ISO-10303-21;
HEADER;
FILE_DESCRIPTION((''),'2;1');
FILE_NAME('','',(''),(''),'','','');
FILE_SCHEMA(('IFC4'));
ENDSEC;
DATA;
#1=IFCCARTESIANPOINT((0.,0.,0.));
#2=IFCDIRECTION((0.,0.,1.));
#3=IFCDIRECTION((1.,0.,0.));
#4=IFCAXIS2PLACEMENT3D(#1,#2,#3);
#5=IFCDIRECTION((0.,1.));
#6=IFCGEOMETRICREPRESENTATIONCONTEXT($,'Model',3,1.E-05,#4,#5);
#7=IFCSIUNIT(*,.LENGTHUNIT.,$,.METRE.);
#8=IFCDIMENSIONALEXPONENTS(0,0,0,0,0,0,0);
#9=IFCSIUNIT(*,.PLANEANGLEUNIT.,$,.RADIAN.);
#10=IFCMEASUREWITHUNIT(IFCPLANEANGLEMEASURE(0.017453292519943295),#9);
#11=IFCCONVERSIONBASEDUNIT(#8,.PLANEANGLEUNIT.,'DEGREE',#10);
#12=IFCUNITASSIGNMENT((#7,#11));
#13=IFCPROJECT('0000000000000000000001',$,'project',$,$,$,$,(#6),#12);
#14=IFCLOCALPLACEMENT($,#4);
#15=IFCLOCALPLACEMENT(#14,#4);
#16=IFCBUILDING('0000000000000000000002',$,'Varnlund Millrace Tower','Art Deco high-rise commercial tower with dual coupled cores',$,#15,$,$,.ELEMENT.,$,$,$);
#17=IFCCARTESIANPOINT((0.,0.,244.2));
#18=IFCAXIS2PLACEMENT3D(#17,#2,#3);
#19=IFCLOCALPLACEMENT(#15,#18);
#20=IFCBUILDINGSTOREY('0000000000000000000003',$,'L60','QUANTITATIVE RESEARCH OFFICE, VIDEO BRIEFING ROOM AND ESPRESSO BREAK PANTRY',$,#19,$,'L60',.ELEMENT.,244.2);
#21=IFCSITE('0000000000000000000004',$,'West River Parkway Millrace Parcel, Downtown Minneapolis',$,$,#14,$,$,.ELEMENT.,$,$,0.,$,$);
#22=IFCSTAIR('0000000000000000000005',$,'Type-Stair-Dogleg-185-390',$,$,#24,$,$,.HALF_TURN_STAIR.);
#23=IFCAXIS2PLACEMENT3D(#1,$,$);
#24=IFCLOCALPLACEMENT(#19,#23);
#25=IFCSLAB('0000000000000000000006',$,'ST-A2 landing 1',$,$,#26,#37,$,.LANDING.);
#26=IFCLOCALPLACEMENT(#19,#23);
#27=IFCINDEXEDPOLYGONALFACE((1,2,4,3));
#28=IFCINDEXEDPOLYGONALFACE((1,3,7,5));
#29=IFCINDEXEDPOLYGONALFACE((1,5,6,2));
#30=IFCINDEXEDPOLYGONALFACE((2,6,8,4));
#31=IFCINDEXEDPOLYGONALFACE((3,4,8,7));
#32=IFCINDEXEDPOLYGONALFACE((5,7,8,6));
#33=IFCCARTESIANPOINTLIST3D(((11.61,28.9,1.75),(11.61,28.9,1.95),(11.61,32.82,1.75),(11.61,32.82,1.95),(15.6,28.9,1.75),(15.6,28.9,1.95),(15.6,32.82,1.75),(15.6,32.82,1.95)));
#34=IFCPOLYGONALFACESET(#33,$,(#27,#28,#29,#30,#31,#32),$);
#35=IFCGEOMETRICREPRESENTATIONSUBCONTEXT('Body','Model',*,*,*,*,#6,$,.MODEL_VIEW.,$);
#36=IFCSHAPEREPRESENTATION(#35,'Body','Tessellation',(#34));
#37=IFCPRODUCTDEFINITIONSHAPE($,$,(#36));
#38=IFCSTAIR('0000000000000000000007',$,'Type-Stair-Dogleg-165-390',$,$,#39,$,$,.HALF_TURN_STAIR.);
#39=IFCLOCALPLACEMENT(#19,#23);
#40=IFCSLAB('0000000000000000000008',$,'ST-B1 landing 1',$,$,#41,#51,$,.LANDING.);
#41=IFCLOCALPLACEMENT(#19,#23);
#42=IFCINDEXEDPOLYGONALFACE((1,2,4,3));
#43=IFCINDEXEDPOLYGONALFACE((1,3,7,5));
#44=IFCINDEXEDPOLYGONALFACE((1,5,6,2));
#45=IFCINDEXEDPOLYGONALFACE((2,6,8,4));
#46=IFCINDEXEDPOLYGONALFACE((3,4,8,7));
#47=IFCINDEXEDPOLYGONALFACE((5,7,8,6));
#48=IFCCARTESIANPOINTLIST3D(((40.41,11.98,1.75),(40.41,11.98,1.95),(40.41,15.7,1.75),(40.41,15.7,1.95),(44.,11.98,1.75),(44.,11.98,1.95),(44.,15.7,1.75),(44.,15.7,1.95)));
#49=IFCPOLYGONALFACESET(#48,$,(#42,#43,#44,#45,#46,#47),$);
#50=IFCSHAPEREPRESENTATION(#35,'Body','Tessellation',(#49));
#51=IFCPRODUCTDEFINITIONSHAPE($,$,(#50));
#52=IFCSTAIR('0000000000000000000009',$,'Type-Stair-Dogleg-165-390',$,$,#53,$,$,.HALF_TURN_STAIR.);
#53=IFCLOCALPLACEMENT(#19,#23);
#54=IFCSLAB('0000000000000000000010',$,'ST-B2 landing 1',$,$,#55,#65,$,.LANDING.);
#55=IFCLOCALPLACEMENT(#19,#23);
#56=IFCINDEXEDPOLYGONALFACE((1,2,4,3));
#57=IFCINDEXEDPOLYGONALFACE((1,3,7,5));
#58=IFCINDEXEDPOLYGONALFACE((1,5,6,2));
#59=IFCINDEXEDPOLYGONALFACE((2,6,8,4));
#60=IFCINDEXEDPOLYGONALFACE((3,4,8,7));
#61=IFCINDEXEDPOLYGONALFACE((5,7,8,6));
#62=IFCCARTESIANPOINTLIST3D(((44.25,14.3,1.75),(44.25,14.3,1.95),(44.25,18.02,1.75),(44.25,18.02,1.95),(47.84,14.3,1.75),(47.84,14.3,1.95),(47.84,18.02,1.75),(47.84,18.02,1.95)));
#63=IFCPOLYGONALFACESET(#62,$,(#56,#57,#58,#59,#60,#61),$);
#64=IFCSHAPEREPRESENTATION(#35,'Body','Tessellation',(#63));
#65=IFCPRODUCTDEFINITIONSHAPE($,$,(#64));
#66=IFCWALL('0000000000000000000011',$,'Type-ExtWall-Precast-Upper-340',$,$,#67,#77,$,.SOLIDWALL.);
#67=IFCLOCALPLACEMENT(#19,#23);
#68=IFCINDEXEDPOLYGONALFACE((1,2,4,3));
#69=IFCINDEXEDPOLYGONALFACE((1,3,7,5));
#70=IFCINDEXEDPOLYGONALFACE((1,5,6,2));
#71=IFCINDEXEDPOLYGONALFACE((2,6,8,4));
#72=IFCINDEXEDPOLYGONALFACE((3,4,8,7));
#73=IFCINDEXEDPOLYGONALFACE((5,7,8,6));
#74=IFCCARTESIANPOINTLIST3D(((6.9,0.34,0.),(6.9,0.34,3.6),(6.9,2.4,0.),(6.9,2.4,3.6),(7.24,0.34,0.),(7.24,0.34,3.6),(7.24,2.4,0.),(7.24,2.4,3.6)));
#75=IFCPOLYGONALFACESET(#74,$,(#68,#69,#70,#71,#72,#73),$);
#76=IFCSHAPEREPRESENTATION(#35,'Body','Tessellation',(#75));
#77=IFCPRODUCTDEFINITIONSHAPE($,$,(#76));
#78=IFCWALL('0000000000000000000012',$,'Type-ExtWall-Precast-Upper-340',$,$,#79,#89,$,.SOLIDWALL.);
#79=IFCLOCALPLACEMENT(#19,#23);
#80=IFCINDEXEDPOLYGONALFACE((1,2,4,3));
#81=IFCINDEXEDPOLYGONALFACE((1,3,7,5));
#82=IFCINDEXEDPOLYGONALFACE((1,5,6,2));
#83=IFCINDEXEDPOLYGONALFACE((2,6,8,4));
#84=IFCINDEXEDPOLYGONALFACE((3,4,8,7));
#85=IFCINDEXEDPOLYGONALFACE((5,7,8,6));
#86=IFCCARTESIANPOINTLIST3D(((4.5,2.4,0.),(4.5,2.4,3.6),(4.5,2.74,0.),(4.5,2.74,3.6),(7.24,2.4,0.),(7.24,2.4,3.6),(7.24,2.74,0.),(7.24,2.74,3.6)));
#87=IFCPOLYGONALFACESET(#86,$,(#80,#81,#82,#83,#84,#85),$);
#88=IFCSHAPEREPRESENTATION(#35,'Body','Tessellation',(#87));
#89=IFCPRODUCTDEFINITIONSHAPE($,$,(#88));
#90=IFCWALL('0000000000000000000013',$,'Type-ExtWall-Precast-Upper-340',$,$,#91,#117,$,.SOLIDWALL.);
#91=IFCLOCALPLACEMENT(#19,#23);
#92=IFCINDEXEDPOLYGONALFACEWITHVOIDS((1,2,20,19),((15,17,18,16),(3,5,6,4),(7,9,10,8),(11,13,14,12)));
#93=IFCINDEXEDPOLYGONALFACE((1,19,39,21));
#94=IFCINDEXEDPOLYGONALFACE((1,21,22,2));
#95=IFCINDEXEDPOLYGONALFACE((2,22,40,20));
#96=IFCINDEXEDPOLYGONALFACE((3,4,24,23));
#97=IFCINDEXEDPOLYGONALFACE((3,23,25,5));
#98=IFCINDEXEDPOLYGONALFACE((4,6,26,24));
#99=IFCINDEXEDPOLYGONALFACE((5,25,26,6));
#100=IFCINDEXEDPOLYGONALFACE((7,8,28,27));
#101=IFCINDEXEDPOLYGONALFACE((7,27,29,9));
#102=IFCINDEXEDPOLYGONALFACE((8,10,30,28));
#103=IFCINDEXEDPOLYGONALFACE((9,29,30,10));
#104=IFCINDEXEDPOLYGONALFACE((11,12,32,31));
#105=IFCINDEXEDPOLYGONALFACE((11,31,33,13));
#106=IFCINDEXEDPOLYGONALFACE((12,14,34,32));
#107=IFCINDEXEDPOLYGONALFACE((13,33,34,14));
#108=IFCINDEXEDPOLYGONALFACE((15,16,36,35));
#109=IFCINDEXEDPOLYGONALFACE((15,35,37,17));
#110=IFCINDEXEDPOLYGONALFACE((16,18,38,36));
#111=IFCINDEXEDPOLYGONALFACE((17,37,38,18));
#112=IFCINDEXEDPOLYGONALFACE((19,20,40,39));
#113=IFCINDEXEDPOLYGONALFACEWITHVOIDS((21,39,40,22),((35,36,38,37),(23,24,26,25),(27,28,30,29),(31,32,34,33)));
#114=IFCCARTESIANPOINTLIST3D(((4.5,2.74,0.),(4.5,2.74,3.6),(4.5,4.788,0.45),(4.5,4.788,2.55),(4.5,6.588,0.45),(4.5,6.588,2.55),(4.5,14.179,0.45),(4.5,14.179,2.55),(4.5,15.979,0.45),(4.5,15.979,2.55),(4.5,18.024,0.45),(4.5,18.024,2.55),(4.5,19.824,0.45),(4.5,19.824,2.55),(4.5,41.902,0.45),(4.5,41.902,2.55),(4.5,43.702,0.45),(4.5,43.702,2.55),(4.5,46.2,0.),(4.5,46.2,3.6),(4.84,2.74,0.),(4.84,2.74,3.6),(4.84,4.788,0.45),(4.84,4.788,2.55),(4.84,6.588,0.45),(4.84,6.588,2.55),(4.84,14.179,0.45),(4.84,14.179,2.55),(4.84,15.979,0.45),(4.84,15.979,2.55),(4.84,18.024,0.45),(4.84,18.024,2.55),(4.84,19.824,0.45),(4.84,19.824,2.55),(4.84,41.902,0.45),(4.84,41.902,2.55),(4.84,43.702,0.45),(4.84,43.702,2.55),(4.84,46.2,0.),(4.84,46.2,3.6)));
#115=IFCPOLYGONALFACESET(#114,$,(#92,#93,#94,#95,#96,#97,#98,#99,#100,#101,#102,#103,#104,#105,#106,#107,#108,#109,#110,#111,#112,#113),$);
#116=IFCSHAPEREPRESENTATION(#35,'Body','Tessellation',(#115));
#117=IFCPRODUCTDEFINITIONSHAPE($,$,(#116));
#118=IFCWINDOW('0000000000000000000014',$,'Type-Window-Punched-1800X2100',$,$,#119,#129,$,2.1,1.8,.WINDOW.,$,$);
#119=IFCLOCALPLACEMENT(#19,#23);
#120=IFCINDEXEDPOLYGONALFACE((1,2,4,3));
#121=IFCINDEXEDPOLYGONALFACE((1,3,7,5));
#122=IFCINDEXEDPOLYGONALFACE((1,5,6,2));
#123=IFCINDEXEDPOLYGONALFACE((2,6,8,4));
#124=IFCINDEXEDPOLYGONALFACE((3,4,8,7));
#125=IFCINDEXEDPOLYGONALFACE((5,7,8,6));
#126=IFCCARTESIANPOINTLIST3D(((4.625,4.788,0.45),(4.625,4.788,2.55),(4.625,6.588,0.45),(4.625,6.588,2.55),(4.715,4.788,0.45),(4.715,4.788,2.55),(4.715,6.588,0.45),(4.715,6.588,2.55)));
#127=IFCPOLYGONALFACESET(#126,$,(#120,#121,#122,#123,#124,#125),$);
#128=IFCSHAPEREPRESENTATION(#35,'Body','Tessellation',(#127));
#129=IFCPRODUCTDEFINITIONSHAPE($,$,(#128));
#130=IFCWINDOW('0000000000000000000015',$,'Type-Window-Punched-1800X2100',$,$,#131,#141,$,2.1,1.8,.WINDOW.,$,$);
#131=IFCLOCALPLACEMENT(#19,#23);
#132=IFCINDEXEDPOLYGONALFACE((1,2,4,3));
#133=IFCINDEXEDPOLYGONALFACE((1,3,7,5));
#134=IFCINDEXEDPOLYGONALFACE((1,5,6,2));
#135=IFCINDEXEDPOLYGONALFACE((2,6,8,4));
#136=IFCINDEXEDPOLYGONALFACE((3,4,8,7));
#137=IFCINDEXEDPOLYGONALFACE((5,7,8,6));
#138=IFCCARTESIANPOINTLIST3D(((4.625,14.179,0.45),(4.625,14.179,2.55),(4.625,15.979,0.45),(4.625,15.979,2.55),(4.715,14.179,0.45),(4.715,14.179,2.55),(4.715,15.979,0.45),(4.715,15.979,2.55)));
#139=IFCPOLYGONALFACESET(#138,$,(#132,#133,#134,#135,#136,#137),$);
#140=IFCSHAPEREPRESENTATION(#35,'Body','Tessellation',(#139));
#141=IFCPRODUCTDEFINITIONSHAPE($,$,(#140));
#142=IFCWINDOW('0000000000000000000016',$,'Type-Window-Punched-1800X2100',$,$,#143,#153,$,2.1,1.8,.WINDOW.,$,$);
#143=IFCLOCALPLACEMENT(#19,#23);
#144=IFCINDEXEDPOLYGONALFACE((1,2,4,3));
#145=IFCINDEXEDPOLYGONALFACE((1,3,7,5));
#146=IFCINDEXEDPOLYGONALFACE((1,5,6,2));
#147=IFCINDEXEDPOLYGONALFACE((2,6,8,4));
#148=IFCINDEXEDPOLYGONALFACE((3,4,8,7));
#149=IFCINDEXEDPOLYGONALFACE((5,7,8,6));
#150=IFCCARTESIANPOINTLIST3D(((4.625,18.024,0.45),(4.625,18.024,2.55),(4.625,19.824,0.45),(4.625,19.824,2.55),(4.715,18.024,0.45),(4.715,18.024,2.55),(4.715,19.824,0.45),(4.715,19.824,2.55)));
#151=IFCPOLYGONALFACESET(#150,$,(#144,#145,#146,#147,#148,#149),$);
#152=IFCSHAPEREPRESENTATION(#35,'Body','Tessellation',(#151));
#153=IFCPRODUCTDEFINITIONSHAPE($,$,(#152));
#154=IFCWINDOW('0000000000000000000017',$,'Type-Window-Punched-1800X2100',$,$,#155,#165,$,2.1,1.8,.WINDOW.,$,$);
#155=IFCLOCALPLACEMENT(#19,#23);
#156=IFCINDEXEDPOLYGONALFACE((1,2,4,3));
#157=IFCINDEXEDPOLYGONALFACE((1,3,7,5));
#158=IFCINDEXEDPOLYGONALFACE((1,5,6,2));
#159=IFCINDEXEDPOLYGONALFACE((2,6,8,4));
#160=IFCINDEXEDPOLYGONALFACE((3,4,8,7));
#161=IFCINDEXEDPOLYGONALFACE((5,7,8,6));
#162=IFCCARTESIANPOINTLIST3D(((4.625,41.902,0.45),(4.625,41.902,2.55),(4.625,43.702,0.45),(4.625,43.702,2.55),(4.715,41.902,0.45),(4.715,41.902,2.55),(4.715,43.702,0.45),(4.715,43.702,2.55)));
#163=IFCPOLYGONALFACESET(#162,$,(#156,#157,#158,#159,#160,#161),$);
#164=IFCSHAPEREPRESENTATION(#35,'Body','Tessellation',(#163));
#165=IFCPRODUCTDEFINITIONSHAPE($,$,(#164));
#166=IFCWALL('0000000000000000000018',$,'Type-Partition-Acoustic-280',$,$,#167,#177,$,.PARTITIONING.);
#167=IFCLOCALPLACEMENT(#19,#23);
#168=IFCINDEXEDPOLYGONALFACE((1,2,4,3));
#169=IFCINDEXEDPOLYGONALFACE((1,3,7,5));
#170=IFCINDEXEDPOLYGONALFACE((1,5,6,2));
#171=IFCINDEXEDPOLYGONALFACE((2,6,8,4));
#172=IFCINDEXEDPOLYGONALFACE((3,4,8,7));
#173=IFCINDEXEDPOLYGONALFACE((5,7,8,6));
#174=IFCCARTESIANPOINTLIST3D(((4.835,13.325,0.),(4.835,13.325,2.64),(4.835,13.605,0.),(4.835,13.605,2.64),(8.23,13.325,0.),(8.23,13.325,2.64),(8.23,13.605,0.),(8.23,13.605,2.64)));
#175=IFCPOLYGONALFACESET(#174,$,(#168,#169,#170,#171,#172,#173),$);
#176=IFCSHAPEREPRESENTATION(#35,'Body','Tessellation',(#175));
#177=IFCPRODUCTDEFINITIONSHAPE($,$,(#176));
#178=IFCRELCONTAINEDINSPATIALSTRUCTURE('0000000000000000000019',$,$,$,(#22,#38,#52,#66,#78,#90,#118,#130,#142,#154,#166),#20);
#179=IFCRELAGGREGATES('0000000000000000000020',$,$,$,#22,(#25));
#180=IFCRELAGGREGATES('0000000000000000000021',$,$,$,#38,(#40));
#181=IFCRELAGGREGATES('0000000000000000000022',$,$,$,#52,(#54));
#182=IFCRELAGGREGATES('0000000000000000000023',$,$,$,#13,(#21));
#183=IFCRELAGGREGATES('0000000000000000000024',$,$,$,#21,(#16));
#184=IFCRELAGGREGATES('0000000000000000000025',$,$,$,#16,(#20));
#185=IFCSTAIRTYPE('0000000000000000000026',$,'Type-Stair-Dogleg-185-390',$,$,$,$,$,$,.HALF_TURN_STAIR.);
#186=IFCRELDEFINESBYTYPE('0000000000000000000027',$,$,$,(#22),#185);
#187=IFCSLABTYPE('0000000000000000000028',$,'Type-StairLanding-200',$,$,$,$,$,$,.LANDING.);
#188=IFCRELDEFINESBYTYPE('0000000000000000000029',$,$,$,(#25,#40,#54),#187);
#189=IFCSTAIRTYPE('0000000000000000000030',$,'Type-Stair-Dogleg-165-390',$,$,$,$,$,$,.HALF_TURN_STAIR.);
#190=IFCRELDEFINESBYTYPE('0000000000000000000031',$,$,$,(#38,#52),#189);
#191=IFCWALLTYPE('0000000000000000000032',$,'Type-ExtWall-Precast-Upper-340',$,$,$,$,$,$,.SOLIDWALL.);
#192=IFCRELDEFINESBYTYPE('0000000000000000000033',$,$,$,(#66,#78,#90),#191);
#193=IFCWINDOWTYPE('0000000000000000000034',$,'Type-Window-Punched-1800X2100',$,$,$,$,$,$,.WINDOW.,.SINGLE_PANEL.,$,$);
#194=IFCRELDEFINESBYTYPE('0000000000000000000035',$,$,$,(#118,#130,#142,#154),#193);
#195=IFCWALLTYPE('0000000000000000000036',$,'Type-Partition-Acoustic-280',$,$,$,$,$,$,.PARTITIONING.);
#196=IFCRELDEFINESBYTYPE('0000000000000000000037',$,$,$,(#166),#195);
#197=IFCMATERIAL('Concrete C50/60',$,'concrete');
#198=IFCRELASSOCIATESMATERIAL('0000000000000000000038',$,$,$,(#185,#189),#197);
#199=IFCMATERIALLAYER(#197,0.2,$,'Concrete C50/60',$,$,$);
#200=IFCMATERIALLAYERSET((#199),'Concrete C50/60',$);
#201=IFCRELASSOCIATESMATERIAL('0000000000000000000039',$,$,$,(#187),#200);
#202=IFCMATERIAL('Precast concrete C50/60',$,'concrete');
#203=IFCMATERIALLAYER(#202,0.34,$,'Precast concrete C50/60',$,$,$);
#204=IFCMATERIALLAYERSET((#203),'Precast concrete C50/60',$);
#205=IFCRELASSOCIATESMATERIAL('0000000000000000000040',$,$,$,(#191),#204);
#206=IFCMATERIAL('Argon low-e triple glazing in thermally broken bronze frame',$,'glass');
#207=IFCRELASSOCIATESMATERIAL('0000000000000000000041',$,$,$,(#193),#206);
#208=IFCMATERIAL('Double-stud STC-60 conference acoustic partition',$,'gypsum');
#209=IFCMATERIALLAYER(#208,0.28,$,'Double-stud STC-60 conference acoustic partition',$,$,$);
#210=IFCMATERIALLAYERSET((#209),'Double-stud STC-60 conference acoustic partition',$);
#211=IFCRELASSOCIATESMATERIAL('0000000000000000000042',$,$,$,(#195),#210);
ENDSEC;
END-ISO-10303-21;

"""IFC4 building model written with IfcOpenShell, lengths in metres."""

from ifc_helpers import new_model, entity, si_unit, converted_unit, direction, frame, origin_with_axes, origin_2d_with_axis, place, context, subcontext, project, spatial, polyline, rectangle, outline, extrude, material, layer, layer_set, type_object, element, fill, aggregate, save


model = new_model("IFC4")

# Units and contexts
model_context = context("Model", 3, precision=1e-05, world=origin_with_axes(), true_north=direction((0.0, 1.0)))
body_context = subcontext(model_context, "Body", "Model", "MODEL_VIEW")
ifc_project = project(units=[si_unit("LENGTHUNIT", "METRE"), converted_unit("PLANEANGLEUNIT", "DEGREE", entity("IfcPlaneAngleMeasure", 0.017453292519943295), si_unit("PLANEANGLEUNIT", "RADIAN"), dimensions=[0, 0, 0, 0, 0, 0, 0])], contexts=[model_context])

# Site, building, storey
site_placement = place(None, origin_with_axes())
site = spatial("IfcSite", under=ifc_project, at=site_placement, Name="West River Parkway Millrace Parcel, Downtown Minneapolis", CompositionType="ELEMENT", RefElevation=0.0)
building_placement = place(site_placement, origin_with_axes())
building = spatial("IfcBuilding", under=site, at=building_placement, Name="Varnlund Millrace Tower", Description="Art Deco high-rise commercial tower with dual coupled cores", CompositionType="ELEMENT")
storey_placement = place(building_placement, frame((0.0, 0.0, 244.2), z_axis=(0.0, 0.0, 1.0), x_axis=(1.0, 0.0, 0.0)))
storey = spatial("IfcBuildingStorey", under=building, at=storey_placement, Name="L60", Description="QUANTITATIVE RESEARCH OFFICE, VIDEO BRIEFING ROOM AND ESPRESSO BREAK PANTRY", LongName="L60", CompositionType="ELEMENT", Elevation=244.2)

# Stairs, slabs
ifc_material_1 = material(Name="Concrete C50/60", Category="concrete")
stair_type_1 = type_object("IfcStairType", Name="Type-Stair-Dogleg-185-390", PredefinedType="HALF_TURN_STAIR", material=ifc_material_1)
ifc_layer_1 = layer(ifc_material_1, 0.2, Name="Concrete C50/60")
ifc_layer_set_1 = layer_set([ifc_layer_1], Name="Concrete C50/60")
slab_type = type_object("IfcSlabType", Name="Type-StairLanding-200", PredefinedType="LANDING", material=ifc_layer_set_1)
stair_1_placement = place(storey_placement, origin_with_axes())
stair_1 = element("IfcStair", 1, at=stair_1_placement, inside=storey, type_object=stair_type_1, Name="Type-Stair-Dogleg-185-390", PredefinedType="HALF_TURN_STAIR")
slab_1_placement = place(storey_placement, frame((0.0, 0.0, 1.75), z_axis=(0.0, 0.0, 1.0), x_axis=(1.0, 0.0, 0.0)))
slab_1 = element("IfcSlab", 2, at=slab_1_placement, type_object=slab_type, Name="ST-A2 landing 1", PredefinedType="LANDING", context=body_context, shape_type="SweptSolid", body=[
    extrude(outline(polyline([(11.61, 32.82), (11.61, 28.9), (15.6, 28.9), (15.6, 32.82), (11.61, 32.82)])), origin_with_axes(), (0.0, 0.0, 1.0), 0.2),
])
aggregate(stair_1, [slab_1])
stair_type_2 = type_object("IfcStairType", Name="Type-Stair-Dogleg-165-390", PredefinedType="HALF_TURN_STAIR", material=ifc_material_1)
stair_2_placement = place(storey_placement, origin_with_axes())
stair_2 = element("IfcStair", 3, at=stair_2_placement, inside=storey, type_object=stair_type_2, Name="Type-Stair-Dogleg-165-390", PredefinedType="HALF_TURN_STAIR")
slab_2_placement = place(storey_placement, frame((0.0, 0.0, 1.75), z_axis=(0.0, 0.0, 1.0), x_axis=(1.0, 0.0, 0.0)))
slab_2 = element("IfcSlab", 4, at=slab_2_placement, type_object=slab_type, Name="ST-B1 landing 1", PredefinedType="LANDING", context=body_context, shape_type="SweptSolid", body=[
    extrude(outline(polyline([(44.0, 11.98), (44.0, 15.7), (40.41, 15.7), (40.41, 11.98), (44.0, 11.98)])), origin_with_axes(), (0.0, 0.0, 1.0), 0.2),
])
aggregate(stair_2, [slab_2])
stair_3_placement = place(storey_placement, origin_with_axes())
stair_3 = element("IfcStair", 5, at=stair_3_placement, inside=storey, type_object=stair_type_2, Name="Type-Stair-Dogleg-165-390", PredefinedType="HALF_TURN_STAIR")
slab_3_placement = place(storey_placement, frame((0.0, 0.0, 1.75), z_axis=(0.0, 0.0, 1.0), x_axis=(1.0, 0.0, 0.0)))
slab_3 = element("IfcSlab", 6, at=slab_3_placement, type_object=slab_type, Name="ST-B2 landing 1", PredefinedType="LANDING", context=body_context, shape_type="SweptSolid", body=[
    extrude(outline(polyline([(44.25, 18.02), (44.25, 14.3), (47.84, 14.3), (47.84, 18.02), (44.25, 18.02)])), origin_with_axes(), (0.0, 0.0, 1.0), 0.2),
])
aggregate(stair_3, [slab_3])

# Walls
ifc_material_2 = material(Name="Precast concrete C50/60", Category="concrete")
ifc_layer_2 = layer(ifc_material_2, 0.34, Name="Precast concrete C50/60")
ifc_layer_set_2 = layer_set([ifc_layer_2], Name="Precast concrete C50/60")
wall_type_1 = type_object("IfcWallType", Name="Type-ExtWall-Precast-Upper-340", PredefinedType="SOLIDWALL", material=ifc_layer_set_2)
wall_1_placement = place(storey_placement, frame((7.07, 0.34, 0.0), z_axis=(0.0, 0.0, 1.0), x_axis=(0.0, 1.0, 0.0)))
element("IfcWall", 7, at=wall_1_placement, inside=storey, type_object=wall_type_1, Name="Type-ExtWall-Precast-Upper-340", PredefinedType="SOLIDWALL", context=body_context, shape_type="SweptSolid", body=[
    extrude(outline(polyline([(0.0, -0.17), (2.06, -0.17), (2.06, 0.17), (0.0, 0.17), (0.0, -0.17)])), origin_with_axes(), (0.0, 0.0, 1.0), 3.6),
])
wall_2_placement = place(storey_placement, frame((7.24, 2.57, 0.0), z_axis=(0.0, 0.0, 1.0), x_axis=(-1.0, 0.0, 0.0)))
element("IfcWall", 8, at=wall_2_placement, inside=storey, type_object=wall_type_1, Name="Type-ExtWall-Precast-Upper-340", PredefinedType="SOLIDWALL", context=body_context, shape_type="SweptSolid", body=[
    extrude(outline(polyline([(0.0, -0.17), (2.74, -0.17), (2.74, 0.17), (0.0, 0.17), (0.0, -0.17)])), origin_with_axes(), (0.0, 0.0, 1.0), 3.6),
])

# Wall, openings, windows
wall_3_placement = place(storey_placement, frame((4.67, 2.74, 0.0), z_axis=(0.0, 0.0, 1.0), x_axis=(0.0, 1.0, 0.0)))
wall_3 = element("IfcWall", 9, at=wall_3_placement, inside=storey, type_object=wall_type_1, Name="Type-ExtWall-Precast-Upper-340", PredefinedType="SOLIDWALL", context=body_context, shape_type="SweptSolid", body=[
    extrude(outline(polyline([(0.0, -0.17), (43.46, -0.17), (43.46, 0.17), (0.0, 0.17), (0.0, -0.17)])), origin_with_axes(), (0.0, 0.0, 1.0), 3.6),
])
opening_1_placement = place(wall_3_placement, frame((2.948, 0.0, 0.45), z_axis=(0.0, 0.0, 1.0), x_axis=(1.0, 0.0, 0.0)))
opening_1 = element("IfcOpeningElement", 10, at=opening_1_placement, cuts=wall_3, PredefinedType="OPENING", context=body_context, shape_type="SweptSolid", body=[
    extrude(rectangle(XDim=1.8, YDim=0.36, at=origin_2d_with_axis()), origin_with_axes(), (0.0, 0.0, 1.0), 2.1),
])
opening_2_placement = place(wall_3_placement, frame((12.339, 0.0, 0.45), z_axis=(0.0, 0.0, 1.0), x_axis=(1.0, 0.0, 0.0)))
opening_2 = element("IfcOpeningElement", 11, at=opening_2_placement, cuts=wall_3, PredefinedType="OPENING", context=body_context, shape_type="SweptSolid", body=[
    extrude(rectangle(XDim=1.8, YDim=0.36, at=origin_2d_with_axis()), origin_with_axes(), (0.0, 0.0, 1.0), 2.1),
])
opening_3_placement = place(wall_3_placement, frame((16.184, 0.0, 0.45), z_axis=(0.0, 0.0, 1.0), x_axis=(1.0, 0.0, 0.0)))
opening_3 = element("IfcOpeningElement", 12, at=opening_3_placement, cuts=wall_3, PredefinedType="OPENING", context=body_context, shape_type="SweptSolid", body=[
    extrude(rectangle(XDim=1.8, YDim=0.36, at=origin_2d_with_axis()), origin_with_axes(), (0.0, 0.0, 1.0), 2.1),
])
opening_4_placement = place(wall_3_placement, frame((40.062, 0.0, 0.45), z_axis=(0.0, 0.0, 1.0), x_axis=(1.0, 0.0, 0.0)))
opening_4 = element("IfcOpeningElement", 13, at=opening_4_placement, cuts=wall_3, PredefinedType="OPENING", context=body_context, shape_type="SweptSolid", body=[
    extrude(rectangle(XDim=1.8, YDim=0.36, at=origin_2d_with_axis()), origin_with_axes(), (0.0, 0.0, 1.0), 2.1),
])
ifc_material_3 = material(Name="Argon low-e triple glazing in thermally broken bronze frame", Category="glass")
window_type = type_object("IfcWindowType", Name="Type-Window-Punched-1800X2100", PartitioningType="SINGLE_PANEL", PredefinedType="WINDOW", material=ifc_material_3)
window_1_placement = place(wall_3_placement, frame((2.948, 0.0, 0.45), z_axis=(0.0, 0.0, 1.0), x_axis=(1.0, 0.0, 0.0)))
window_1 = element("IfcWindow", 14, at=window_1_placement, inside=storey, type_object=window_type, Name="Type-Window-Punched-1800X2100", OverallHeight=2.1, OverallWidth=1.8, PredefinedType="WINDOW", context=body_context, shape_type="SweptSolid", body=[
    extrude(rectangle(XDim=1.8, YDim=0.09, at=origin_2d_with_axis()), origin_with_axes(), (0.0, 0.0, 1.0), 2.1),
])
fill(opening_1, window_1)
window_2_placement = place(wall_3_placement, frame((12.339, 0.0, 0.45), z_axis=(0.0, 0.0, 1.0), x_axis=(1.0, 0.0, 0.0)))
window_2 = element("IfcWindow", 15, at=window_2_placement, inside=storey, type_object=window_type, Name="Type-Window-Punched-1800X2100", OverallHeight=2.1, OverallWidth=1.8, PredefinedType="WINDOW", context=body_context, shape_type="SweptSolid", body=[
    extrude(rectangle(XDim=1.8, YDim=0.09, at=origin_2d_with_axis()), origin_with_axes(), (0.0, 0.0, 1.0), 2.1),
])
fill(opening_2, window_2)
window_3_placement = place(wall_3_placement, frame((16.184, 0.0, 0.45), z_axis=(0.0, 0.0, 1.0), x_axis=(1.0, 0.0, 0.0)))
window_3 = element("IfcWindow", 16, at=window_3_placement, inside=storey, type_object=window_type, Name="Type-Window-Punched-1800X2100", OverallHeight=2.1, OverallWidth=1.8, PredefinedType="WINDOW", context=body_context, shape_type="SweptSolid", body=[
    extrude(rectangle(XDim=1.8, YDim=0.09, at=origin_2d_with_axis()), origin_with_axes(), (0.0, 0.0, 1.0), 2.1),
])
fill(opening_3, window_3)
window_4_placement = place(wall_3_placement, frame((40.062, 0.0, 0.45), z_axis=(0.0, 0.0, 1.0), x_axis=(1.0, 0.0, 0.0)))
window_4 = element("IfcWindow", 17, at=window_4_placement, inside=storey, type_object=window_type, Name="Type-Window-Punched-1800X2100", OverallHeight=2.1, OverallWidth=1.8, PredefinedType="WINDOW", context=body_context, shape_type="SweptSolid", body=[
    extrude(rectangle(XDim=1.8, YDim=0.09, at=origin_2d_with_axis()), origin_with_axes(), (0.0, 0.0, 1.0), 2.1),
])
fill(opening_4, window_4)

# Wall
ifc_material_4 = material(Name="Double-stud STC-60 conference acoustic partition", Category="gypsum")
ifc_layer_3 = layer(ifc_material_4, 0.28, Name="Double-stud STC-60 conference acoustic partition")
ifc_layer_set_3 = layer_set([ifc_layer_3], Name="Double-stud STC-60 conference acoustic partition")
wall_type_2 = type_object("IfcWallType", Name="Type-Partition-Acoustic-280", PredefinedType="PARTITIONING", material=ifc_layer_set_3)
wall_4_placement = place(storey_placement, frame((4.835, 13.465, 0.0), z_axis=(0.0, 0.0, 1.0), x_axis=(1.0, 0.0, 0.0)))
element("IfcWall", 18, at=wall_4_placement, inside=storey, type_object=wall_type_2, Name="Type-Partition-Acoustic-280", PredefinedType="PARTITIONING", context=body_context, shape_type="SweptSolid", body=[
    extrude(outline(polyline([(0.0, -0.14), (3.395, -0.14), (3.395, 0.14), (0.0, 0.14), (0.0, -0.14)])), origin_with_axes(), (0.0, 0.0, 1.0), 2.64),
])

save(model, "model.ifc")
